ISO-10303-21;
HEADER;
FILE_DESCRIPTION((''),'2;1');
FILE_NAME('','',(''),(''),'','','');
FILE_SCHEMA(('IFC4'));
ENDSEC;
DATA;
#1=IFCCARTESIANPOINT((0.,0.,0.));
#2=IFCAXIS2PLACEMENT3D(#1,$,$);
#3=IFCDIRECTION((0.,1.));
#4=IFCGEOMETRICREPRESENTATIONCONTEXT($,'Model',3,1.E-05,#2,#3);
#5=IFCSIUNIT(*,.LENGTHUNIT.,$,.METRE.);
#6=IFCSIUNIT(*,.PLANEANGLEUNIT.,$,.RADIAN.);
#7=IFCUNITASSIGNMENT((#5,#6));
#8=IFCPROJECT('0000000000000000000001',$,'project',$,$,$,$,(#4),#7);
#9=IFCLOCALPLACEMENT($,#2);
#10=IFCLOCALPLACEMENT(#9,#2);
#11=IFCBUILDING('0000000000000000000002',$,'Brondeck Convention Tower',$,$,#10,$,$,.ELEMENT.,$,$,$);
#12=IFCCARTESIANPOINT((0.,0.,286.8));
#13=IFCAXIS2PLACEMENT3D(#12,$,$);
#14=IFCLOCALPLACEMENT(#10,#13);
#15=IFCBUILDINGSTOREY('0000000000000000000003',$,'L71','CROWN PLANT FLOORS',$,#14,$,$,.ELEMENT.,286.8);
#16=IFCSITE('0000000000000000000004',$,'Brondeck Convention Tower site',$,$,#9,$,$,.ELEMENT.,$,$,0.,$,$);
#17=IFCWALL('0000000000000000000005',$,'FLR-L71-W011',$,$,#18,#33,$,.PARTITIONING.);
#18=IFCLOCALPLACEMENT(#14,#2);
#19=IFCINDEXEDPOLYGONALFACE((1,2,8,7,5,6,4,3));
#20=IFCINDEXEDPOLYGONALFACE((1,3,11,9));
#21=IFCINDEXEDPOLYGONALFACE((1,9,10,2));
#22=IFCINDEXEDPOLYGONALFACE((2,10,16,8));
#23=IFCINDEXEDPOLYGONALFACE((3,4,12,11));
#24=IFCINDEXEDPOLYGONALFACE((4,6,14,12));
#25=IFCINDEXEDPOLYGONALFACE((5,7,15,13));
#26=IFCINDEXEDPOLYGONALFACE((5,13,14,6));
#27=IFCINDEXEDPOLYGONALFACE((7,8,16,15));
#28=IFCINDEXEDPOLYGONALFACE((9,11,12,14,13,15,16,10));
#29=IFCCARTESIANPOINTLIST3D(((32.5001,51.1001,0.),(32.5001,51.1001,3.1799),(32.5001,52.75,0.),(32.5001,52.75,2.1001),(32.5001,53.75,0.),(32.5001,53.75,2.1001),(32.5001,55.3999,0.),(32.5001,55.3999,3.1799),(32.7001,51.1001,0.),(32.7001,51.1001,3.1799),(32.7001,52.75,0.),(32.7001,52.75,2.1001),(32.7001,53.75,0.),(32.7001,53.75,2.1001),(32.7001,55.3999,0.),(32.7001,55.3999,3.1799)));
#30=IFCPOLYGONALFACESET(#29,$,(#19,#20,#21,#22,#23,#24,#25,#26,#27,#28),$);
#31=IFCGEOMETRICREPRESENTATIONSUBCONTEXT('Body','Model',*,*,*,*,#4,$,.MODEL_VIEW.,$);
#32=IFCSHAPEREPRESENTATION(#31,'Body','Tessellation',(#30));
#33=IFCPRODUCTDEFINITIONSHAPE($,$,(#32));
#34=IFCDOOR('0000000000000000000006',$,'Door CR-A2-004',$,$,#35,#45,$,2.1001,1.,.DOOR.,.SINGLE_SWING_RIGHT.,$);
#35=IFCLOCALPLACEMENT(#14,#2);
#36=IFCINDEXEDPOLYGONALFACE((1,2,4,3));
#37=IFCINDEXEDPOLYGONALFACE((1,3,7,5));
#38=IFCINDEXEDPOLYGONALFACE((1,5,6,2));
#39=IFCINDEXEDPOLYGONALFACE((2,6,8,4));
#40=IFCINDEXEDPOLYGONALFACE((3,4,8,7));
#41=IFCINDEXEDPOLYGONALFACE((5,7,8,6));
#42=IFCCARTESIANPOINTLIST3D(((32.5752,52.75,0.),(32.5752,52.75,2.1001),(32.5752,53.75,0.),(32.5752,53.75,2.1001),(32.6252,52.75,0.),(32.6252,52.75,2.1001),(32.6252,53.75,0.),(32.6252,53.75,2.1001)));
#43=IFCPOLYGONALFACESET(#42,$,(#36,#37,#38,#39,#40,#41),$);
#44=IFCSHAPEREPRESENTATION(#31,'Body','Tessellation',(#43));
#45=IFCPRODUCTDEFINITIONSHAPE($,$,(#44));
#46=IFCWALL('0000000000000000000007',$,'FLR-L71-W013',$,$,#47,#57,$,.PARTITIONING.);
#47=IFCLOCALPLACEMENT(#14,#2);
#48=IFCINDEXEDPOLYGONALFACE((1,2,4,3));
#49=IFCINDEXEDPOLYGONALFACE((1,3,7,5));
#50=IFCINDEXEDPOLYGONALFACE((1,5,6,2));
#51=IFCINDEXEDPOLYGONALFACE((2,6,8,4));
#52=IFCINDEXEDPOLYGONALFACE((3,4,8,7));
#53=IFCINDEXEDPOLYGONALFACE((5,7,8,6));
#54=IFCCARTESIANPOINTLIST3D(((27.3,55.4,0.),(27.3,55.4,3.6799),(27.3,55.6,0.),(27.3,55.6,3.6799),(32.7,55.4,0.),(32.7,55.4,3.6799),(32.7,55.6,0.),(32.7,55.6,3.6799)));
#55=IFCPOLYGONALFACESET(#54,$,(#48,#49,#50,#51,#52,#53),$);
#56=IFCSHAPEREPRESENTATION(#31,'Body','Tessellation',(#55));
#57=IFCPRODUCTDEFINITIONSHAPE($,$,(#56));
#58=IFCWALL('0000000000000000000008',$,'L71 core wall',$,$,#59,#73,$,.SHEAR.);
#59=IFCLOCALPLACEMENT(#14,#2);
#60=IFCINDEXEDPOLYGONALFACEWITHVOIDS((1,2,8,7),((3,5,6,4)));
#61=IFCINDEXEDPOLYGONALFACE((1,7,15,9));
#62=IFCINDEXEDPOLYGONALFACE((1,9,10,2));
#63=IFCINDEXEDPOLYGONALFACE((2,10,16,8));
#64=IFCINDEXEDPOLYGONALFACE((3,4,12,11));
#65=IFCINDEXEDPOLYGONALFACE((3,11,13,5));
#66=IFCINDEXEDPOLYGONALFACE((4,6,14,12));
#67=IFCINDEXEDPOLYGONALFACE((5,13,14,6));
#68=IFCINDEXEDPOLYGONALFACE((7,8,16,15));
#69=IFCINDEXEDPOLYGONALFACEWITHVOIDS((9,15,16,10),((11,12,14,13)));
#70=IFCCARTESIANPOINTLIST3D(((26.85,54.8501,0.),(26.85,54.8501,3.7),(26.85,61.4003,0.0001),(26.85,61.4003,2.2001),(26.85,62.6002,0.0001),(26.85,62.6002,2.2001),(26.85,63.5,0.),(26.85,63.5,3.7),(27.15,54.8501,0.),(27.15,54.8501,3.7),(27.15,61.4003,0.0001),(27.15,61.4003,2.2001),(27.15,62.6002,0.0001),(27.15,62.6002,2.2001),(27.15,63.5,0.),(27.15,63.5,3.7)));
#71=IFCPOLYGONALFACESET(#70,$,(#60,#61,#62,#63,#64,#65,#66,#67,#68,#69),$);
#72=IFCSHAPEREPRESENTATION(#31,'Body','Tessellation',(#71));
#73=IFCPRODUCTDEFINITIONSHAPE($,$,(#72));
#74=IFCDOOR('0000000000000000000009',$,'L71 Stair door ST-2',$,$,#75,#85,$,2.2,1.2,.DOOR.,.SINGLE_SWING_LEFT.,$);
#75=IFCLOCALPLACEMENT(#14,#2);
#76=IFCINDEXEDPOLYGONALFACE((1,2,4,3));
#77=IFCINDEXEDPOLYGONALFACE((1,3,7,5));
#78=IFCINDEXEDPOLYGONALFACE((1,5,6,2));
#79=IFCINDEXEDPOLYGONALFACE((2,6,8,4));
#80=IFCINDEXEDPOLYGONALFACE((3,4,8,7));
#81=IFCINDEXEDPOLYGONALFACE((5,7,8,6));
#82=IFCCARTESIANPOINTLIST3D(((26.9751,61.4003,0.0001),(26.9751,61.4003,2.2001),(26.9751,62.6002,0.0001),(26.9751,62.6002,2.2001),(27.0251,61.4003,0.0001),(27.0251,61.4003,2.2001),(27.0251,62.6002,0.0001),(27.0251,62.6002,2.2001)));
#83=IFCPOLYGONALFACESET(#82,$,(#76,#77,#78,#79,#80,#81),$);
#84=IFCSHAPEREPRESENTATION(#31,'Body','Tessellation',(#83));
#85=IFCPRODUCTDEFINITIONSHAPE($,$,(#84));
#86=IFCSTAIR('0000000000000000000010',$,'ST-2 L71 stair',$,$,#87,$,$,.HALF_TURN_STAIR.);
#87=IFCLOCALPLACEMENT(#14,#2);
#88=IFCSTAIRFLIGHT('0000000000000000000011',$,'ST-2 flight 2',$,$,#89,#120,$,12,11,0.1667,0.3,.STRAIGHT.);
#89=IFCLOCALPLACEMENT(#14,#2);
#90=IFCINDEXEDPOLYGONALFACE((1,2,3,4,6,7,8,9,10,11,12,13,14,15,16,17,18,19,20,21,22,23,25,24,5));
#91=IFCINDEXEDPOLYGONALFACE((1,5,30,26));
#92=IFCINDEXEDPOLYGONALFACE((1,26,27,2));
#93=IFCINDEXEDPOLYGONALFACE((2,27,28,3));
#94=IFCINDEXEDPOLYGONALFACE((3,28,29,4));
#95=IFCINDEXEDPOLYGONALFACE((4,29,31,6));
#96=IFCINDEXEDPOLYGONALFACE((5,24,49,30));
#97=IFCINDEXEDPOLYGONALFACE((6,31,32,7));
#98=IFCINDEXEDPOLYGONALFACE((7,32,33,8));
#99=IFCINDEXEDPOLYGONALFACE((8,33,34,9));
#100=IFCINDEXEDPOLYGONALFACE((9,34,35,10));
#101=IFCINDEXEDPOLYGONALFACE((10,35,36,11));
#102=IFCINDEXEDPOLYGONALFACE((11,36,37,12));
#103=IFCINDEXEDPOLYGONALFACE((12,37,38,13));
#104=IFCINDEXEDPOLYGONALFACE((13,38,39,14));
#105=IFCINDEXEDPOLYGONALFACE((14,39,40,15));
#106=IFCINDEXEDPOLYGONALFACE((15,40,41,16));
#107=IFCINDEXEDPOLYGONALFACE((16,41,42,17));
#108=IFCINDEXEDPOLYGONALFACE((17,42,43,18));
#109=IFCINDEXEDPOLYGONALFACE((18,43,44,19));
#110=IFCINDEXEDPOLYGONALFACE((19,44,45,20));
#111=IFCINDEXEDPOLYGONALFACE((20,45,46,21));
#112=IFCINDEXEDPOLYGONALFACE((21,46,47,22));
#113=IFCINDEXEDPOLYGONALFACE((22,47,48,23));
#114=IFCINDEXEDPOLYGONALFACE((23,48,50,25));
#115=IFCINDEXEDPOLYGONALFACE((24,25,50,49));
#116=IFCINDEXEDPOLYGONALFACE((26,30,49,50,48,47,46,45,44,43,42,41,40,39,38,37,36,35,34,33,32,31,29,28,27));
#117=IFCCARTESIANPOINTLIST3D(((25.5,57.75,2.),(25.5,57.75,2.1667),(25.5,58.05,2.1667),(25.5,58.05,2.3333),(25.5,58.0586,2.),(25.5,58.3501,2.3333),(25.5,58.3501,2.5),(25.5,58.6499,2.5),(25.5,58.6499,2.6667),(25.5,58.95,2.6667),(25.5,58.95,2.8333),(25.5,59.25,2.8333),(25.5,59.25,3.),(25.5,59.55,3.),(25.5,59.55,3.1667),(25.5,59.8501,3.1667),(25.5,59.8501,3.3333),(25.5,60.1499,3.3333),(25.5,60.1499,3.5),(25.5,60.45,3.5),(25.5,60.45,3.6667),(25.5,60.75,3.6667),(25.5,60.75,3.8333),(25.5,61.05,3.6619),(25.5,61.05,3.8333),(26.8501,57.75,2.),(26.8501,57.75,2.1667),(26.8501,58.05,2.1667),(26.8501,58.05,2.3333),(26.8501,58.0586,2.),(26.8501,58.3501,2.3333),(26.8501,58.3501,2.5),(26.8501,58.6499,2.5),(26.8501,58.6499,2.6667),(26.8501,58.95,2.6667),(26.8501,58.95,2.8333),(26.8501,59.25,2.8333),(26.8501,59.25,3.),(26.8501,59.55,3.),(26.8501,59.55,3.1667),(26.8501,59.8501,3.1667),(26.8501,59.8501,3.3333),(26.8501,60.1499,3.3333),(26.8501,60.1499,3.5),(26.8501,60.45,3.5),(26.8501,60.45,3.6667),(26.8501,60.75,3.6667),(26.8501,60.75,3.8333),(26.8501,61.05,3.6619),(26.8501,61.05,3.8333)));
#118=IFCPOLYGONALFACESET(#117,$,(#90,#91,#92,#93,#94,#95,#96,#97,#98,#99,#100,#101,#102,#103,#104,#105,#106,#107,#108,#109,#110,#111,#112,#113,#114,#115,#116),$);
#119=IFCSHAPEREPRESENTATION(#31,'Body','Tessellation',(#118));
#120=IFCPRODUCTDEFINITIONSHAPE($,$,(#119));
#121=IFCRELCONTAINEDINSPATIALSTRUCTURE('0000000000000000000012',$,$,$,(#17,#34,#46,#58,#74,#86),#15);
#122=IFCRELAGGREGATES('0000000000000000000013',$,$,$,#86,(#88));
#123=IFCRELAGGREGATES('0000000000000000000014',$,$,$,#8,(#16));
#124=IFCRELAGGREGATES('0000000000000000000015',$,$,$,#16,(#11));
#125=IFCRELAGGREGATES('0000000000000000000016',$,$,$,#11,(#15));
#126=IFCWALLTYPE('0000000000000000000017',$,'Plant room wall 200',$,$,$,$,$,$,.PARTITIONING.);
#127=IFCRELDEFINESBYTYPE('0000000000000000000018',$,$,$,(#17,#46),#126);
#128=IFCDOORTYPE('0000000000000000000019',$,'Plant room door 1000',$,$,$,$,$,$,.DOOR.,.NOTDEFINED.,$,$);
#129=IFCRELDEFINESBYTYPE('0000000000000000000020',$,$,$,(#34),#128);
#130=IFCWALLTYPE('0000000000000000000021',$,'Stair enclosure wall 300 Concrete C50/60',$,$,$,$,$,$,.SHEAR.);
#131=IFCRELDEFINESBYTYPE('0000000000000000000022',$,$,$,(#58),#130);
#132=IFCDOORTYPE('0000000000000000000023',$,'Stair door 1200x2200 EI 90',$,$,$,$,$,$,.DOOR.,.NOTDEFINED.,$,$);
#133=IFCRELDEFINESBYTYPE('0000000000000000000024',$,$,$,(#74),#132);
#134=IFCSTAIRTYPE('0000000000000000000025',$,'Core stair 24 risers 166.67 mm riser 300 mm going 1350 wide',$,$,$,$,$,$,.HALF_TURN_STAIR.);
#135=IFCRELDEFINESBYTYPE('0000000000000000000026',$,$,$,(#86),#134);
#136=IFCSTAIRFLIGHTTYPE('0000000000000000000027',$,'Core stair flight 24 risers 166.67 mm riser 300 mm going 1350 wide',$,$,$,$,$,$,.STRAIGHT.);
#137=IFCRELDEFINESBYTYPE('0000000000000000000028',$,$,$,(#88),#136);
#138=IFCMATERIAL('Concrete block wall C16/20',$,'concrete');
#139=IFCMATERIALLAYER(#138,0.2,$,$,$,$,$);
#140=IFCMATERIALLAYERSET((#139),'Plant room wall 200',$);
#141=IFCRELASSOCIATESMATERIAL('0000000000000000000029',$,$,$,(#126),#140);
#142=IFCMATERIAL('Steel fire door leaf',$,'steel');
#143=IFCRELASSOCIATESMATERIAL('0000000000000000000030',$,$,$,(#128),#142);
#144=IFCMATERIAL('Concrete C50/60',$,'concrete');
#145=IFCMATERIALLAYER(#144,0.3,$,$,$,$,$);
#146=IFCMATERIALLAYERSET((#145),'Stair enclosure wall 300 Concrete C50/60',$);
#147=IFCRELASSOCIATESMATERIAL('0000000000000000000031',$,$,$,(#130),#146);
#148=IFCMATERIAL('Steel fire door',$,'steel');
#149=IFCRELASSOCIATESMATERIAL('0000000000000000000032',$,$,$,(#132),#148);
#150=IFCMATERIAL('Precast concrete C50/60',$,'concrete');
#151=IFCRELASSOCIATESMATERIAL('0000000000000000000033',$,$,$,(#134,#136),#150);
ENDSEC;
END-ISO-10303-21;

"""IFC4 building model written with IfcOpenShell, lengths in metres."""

from ifc_helpers import new_model, si_unit, direction, frame, frame_2d, origin, place, context, subcontext, project, spatial, polyline, rectangle, outline, extrude, material, layer, layer_set, type_object, element, fill, aggregate, save


model = new_model("IFC4")

# Units and contexts
model_context = context("Model", 3, precision=1e-05, world=origin(), true_north=direction((0.0, 1.0)))
body_context = subcontext(model_context, "Body", "Model", "MODEL_VIEW")
ifc_project = project(units=[si_unit("LENGTHUNIT", "METRE"), si_unit("PLANEANGLEUNIT", "RADIAN")], contexts=[model_context])

# Site, building, storey
site_placement = place(None, origin())
site = spatial("IfcSite", under=ifc_project, at=site_placement, Name="Brondeck Convention Tower site", CompositionType="ELEMENT", RefElevation=0.0)
building_placement = place(site_placement, origin())
building = spatial("IfcBuilding", under=site, at=building_placement, Name="Brondeck Convention Tower", CompositionType="ELEMENT")
storey_placement = place(building_placement, frame((0.0, 0.0, 286.8)))
storey = spatial("IfcBuildingStorey", under=building, at=storey_placement, Name="L71", Description="CROWN PLANT FLOORS", CompositionType="ELEMENT", Elevation=286.8)

# Shared definitions
ifc_material_1 = material(Name="Concrete C50/60", Category="concrete")

# Wall, opening, door
ifc_material_2 = material(Name="Concrete block wall C16/20", Category="concrete")
ifc_layer_1 = layer(ifc_material_2, 0.2)
ifc_layer_set_1 = layer_set([ifc_layer_1], Name="Plant room wall 200")
wall_type_1 = type_object("IfcWallType", Name="Plant room wall 200", PredefinedType="PARTITIONING", material=ifc_layer_set_1)
wall_1_placement = place(storey_placement, frame((32.6001, 51.1001, 0.0), z_axis=(0.0, 0.0, 1.0), x_axis=(0.0, 1.0, 0.0)))
wall_1 = element("IfcWall", 1, at=wall_1_placement, inside=storey, type_object=wall_type_1, Name="FLR-L71-W011", PredefinedType="PARTITIONING", context=body_context, shape_type="SweptSolid", body=[
    extrude(rectangle(XDim=4.2998, YDim=0.2, at=frame_2d((2.1499, 0.0))), origin(), (0.0, 0.0, 1.0), 3.1799),
])
opening_1_placement = place(wall_1_placement, frame((1.6499, 0.0, 0.0)))
opening_1 = element("IfcOpeningElement", 2, at=opening_1_placement, cuts=wall_1, PredefinedType="OPENING", context=body_context, shape_type="SweptSolid", body=[
    extrude(rectangle(XDim=1.0, YDim=2.1001, at=frame_2d((0.5, 1.05))), frame((0.0, 0.1099, 0.0), z_axis=(0.0, -1.0, 0.0), x_axis=(1.0, 0.0, 0.0)), (0.0, 0.0, 1.0), 0.22),
])
ifc_material_3 = material(Name="Steel fire door leaf", Category="steel")
door_type_1 = type_object("IfcDoorType", Name="Plant room door 1000", OperationType="NOTDEFINED", PredefinedType="DOOR", material=ifc_material_3)
door_1_placement = place(opening_1_placement, origin())
door_1 = element("IfcDoor", 3, at=door_1_placement, inside=storey, type_object=door_type_1, Name="Door CR-A2-004", OperationType="SINGLE_SWING_RIGHT", OverallHeight=2.1001, OverallWidth=1.0, PredefinedType="DOOR", context=body_context, shape_type="SweptSolid", body=[
    extrude(rectangle(XDim=1.0, YDim=2.1001, at=frame_2d((0.5, 1.05))), frame((0.0, 0.0249, 0.0), z_axis=(0.0, -1.0, 0.0), x_axis=(1.0, 0.0, 0.0)), (0.0, 0.0, 1.0), 0.05),
])
fill(opening_1, door_1)

# Wall
wall_2_placement = place(storey_placement, frame((32.7, 55.5, 0.0), z_axis=(0.0, 0.0, 1.0), x_axis=(-1.0, 0.0, 0.0)))
element("IfcWall", 4, at=wall_2_placement, inside=storey, type_object=wall_type_1, Name="FLR-L71-W013", PredefinedType="PARTITIONING", context=body_context, shape_type="SweptSolid", body=[
    extrude(rectangle(XDim=5.3999, YDim=0.2, at=frame_2d((2.7, 0.0))), origin(), (0.0, 0.0, 1.0), 3.6799),
])

# Wall, opening, door
ifc_layer_2 = layer(ifc_material_1, 0.3)
ifc_layer_set_2 = layer_set([ifc_layer_2], Name="Stair enclosure wall 300 Concrete C50/60")
wall_type_2 = type_object("IfcWallType", Name="Stair enclosure wall 300 Concrete C50/60", PredefinedType="SHEAR", material=ifc_layer_set_2)
wall_3_placement = place(storey_placement, frame((27.0, 54.8501, 0.0), z_axis=(0.0, 0.0, 1.0), x_axis=(0.0, 1.0, 0.0)))
wall_3 = element("IfcWall", 5, at=wall_3_placement, inside=storey, type_object=wall_type_2, Name="L71 core wall", PredefinedType="SHEAR", context=body_context, shape_type="SweptSolid", body=[
    extrude(rectangle(XDim=8.6499, YDim=0.3, at=frame_2d((4.325, 0.0))), origin(), (0.0, 0.0, 1.0), 3.7),
])
opening_2_placement = place(wall_3_placement, frame((6.55, 0.0, 0.0)))
opening_2 = element("IfcOpeningElement", 6, at=opening_2_placement, cuts=wall_3, PredefinedType="OPENING", context=body_context, shape_type="SweptSolid", body=[
    extrude(rectangle(XDim=1.2, YDim=2.2, at=frame_2d((0.6001, 1.1001))), frame((0.0, 0.1599, 0.0), z_axis=(0.0, -1.0, 0.0), x_axis=(1.0, 0.0, 0.0)), (0.0, 0.0, 1.0), 0.3201),
])
ifc_material_4 = material(Name="Steel fire door", Category="steel")
door_type_2 = type_object("IfcDoorType", Name="Stair door 1200x2200 EI 90", OperationType="NOTDEFINED", PredefinedType="DOOR", material=ifc_material_4)
door_2_placement = place(opening_2_placement, origin())
door_2 = element("IfcDoor", 7, at=door_2_placement, inside=storey, type_object=door_type_2, Name="L71 Stair door ST-2", OperationType="SINGLE_SWING_LEFT", OverallHeight=2.2, OverallWidth=1.2, PredefinedType="DOOR", context=body_context, shape_type="SweptSolid", body=[
    extrude(rectangle(XDim=1.2, YDim=2.2, at=frame_2d((0.6001, 1.1001))), frame((0.0, 0.0249, 0.0), z_axis=(0.0, -1.0, 0.0), x_axis=(1.0, 0.0, 0.0)), (0.0, 0.0, 1.0), 0.05),
])
fill(opening_2, door_2)

# Stair, stair flight
ifc_material_5 = material(Name="Precast concrete C50/60", Category="concrete")
stair_type = type_object("IfcStairType", Name="Core stair 24 risers 166.67 mm riser 300 mm going 1350 wide", PredefinedType="HALF_TURN_STAIR", material=ifc_material_5)
stair_placement = place(storey_placement, origin())
stair = element("IfcStair", 8, at=stair_placement, inside=storey, type_object=stair_type, Name="ST-2 L71 stair", PredefinedType="HALF_TURN_STAIR")
stair_flight_type = type_object("IfcStairFlightType", Name="Core stair flight 24 risers 166.67 mm riser 300 mm going 1350 wide", PredefinedType="STRAIGHT", material=ifc_material_5)
stair_flight_placement = place(storey_placement, frame((26.175, 57.75, 2.0), z_axis=(0.0, 0.0, 1.0), x_axis=(0.0, 1.0, 0.0)))
stair_flight = element("IfcStairFlight", 9, at=stair_flight_placement, type_object=stair_flight_type, Name="ST-2 flight 2", NumberOfRisers=12, NumberOfTreads=11, PredefinedType="STRAIGHT", RiserHeight=0.1667, TreadLength=0.3, context=body_context, shape_type="SweptSolid", body=[
    extrude(outline(polyline([(0.0, 0.0), (0.0, 0.1667), (0.3, 0.1667), (0.3, 0.3333), (0.6001, 0.3333), (0.6001, 0.5), (0.8999, 0.5), (0.8999, 0.6667), (1.2, 0.6667), (1.2, 0.8333), (1.5, 0.8333), (1.5, 1.0), (1.8, 1.0), (1.8, 1.1667), (2.1001, 1.1667), (2.1001, 1.3333), (2.3999, 1.3333), (2.3999, 1.5), (2.7, 1.5), (2.7, 1.6667), (3.0, 1.6667), (3.0, 1.8333), (3.3, 1.8333), (3.3, 2.0), (3.3, 1.6619), (0.3086, 0.0), (0.0, 0.0)])), frame((0.0, 0.675, 0.0), z_axis=(0.0, -1.0, 0.0), x_axis=(1.0, 0.0, 0.0)), (0.0, 0.0, 1.0), 1.3501),
])
aggregate(stair, [stair_flight])

save(model, "model.ifc")
